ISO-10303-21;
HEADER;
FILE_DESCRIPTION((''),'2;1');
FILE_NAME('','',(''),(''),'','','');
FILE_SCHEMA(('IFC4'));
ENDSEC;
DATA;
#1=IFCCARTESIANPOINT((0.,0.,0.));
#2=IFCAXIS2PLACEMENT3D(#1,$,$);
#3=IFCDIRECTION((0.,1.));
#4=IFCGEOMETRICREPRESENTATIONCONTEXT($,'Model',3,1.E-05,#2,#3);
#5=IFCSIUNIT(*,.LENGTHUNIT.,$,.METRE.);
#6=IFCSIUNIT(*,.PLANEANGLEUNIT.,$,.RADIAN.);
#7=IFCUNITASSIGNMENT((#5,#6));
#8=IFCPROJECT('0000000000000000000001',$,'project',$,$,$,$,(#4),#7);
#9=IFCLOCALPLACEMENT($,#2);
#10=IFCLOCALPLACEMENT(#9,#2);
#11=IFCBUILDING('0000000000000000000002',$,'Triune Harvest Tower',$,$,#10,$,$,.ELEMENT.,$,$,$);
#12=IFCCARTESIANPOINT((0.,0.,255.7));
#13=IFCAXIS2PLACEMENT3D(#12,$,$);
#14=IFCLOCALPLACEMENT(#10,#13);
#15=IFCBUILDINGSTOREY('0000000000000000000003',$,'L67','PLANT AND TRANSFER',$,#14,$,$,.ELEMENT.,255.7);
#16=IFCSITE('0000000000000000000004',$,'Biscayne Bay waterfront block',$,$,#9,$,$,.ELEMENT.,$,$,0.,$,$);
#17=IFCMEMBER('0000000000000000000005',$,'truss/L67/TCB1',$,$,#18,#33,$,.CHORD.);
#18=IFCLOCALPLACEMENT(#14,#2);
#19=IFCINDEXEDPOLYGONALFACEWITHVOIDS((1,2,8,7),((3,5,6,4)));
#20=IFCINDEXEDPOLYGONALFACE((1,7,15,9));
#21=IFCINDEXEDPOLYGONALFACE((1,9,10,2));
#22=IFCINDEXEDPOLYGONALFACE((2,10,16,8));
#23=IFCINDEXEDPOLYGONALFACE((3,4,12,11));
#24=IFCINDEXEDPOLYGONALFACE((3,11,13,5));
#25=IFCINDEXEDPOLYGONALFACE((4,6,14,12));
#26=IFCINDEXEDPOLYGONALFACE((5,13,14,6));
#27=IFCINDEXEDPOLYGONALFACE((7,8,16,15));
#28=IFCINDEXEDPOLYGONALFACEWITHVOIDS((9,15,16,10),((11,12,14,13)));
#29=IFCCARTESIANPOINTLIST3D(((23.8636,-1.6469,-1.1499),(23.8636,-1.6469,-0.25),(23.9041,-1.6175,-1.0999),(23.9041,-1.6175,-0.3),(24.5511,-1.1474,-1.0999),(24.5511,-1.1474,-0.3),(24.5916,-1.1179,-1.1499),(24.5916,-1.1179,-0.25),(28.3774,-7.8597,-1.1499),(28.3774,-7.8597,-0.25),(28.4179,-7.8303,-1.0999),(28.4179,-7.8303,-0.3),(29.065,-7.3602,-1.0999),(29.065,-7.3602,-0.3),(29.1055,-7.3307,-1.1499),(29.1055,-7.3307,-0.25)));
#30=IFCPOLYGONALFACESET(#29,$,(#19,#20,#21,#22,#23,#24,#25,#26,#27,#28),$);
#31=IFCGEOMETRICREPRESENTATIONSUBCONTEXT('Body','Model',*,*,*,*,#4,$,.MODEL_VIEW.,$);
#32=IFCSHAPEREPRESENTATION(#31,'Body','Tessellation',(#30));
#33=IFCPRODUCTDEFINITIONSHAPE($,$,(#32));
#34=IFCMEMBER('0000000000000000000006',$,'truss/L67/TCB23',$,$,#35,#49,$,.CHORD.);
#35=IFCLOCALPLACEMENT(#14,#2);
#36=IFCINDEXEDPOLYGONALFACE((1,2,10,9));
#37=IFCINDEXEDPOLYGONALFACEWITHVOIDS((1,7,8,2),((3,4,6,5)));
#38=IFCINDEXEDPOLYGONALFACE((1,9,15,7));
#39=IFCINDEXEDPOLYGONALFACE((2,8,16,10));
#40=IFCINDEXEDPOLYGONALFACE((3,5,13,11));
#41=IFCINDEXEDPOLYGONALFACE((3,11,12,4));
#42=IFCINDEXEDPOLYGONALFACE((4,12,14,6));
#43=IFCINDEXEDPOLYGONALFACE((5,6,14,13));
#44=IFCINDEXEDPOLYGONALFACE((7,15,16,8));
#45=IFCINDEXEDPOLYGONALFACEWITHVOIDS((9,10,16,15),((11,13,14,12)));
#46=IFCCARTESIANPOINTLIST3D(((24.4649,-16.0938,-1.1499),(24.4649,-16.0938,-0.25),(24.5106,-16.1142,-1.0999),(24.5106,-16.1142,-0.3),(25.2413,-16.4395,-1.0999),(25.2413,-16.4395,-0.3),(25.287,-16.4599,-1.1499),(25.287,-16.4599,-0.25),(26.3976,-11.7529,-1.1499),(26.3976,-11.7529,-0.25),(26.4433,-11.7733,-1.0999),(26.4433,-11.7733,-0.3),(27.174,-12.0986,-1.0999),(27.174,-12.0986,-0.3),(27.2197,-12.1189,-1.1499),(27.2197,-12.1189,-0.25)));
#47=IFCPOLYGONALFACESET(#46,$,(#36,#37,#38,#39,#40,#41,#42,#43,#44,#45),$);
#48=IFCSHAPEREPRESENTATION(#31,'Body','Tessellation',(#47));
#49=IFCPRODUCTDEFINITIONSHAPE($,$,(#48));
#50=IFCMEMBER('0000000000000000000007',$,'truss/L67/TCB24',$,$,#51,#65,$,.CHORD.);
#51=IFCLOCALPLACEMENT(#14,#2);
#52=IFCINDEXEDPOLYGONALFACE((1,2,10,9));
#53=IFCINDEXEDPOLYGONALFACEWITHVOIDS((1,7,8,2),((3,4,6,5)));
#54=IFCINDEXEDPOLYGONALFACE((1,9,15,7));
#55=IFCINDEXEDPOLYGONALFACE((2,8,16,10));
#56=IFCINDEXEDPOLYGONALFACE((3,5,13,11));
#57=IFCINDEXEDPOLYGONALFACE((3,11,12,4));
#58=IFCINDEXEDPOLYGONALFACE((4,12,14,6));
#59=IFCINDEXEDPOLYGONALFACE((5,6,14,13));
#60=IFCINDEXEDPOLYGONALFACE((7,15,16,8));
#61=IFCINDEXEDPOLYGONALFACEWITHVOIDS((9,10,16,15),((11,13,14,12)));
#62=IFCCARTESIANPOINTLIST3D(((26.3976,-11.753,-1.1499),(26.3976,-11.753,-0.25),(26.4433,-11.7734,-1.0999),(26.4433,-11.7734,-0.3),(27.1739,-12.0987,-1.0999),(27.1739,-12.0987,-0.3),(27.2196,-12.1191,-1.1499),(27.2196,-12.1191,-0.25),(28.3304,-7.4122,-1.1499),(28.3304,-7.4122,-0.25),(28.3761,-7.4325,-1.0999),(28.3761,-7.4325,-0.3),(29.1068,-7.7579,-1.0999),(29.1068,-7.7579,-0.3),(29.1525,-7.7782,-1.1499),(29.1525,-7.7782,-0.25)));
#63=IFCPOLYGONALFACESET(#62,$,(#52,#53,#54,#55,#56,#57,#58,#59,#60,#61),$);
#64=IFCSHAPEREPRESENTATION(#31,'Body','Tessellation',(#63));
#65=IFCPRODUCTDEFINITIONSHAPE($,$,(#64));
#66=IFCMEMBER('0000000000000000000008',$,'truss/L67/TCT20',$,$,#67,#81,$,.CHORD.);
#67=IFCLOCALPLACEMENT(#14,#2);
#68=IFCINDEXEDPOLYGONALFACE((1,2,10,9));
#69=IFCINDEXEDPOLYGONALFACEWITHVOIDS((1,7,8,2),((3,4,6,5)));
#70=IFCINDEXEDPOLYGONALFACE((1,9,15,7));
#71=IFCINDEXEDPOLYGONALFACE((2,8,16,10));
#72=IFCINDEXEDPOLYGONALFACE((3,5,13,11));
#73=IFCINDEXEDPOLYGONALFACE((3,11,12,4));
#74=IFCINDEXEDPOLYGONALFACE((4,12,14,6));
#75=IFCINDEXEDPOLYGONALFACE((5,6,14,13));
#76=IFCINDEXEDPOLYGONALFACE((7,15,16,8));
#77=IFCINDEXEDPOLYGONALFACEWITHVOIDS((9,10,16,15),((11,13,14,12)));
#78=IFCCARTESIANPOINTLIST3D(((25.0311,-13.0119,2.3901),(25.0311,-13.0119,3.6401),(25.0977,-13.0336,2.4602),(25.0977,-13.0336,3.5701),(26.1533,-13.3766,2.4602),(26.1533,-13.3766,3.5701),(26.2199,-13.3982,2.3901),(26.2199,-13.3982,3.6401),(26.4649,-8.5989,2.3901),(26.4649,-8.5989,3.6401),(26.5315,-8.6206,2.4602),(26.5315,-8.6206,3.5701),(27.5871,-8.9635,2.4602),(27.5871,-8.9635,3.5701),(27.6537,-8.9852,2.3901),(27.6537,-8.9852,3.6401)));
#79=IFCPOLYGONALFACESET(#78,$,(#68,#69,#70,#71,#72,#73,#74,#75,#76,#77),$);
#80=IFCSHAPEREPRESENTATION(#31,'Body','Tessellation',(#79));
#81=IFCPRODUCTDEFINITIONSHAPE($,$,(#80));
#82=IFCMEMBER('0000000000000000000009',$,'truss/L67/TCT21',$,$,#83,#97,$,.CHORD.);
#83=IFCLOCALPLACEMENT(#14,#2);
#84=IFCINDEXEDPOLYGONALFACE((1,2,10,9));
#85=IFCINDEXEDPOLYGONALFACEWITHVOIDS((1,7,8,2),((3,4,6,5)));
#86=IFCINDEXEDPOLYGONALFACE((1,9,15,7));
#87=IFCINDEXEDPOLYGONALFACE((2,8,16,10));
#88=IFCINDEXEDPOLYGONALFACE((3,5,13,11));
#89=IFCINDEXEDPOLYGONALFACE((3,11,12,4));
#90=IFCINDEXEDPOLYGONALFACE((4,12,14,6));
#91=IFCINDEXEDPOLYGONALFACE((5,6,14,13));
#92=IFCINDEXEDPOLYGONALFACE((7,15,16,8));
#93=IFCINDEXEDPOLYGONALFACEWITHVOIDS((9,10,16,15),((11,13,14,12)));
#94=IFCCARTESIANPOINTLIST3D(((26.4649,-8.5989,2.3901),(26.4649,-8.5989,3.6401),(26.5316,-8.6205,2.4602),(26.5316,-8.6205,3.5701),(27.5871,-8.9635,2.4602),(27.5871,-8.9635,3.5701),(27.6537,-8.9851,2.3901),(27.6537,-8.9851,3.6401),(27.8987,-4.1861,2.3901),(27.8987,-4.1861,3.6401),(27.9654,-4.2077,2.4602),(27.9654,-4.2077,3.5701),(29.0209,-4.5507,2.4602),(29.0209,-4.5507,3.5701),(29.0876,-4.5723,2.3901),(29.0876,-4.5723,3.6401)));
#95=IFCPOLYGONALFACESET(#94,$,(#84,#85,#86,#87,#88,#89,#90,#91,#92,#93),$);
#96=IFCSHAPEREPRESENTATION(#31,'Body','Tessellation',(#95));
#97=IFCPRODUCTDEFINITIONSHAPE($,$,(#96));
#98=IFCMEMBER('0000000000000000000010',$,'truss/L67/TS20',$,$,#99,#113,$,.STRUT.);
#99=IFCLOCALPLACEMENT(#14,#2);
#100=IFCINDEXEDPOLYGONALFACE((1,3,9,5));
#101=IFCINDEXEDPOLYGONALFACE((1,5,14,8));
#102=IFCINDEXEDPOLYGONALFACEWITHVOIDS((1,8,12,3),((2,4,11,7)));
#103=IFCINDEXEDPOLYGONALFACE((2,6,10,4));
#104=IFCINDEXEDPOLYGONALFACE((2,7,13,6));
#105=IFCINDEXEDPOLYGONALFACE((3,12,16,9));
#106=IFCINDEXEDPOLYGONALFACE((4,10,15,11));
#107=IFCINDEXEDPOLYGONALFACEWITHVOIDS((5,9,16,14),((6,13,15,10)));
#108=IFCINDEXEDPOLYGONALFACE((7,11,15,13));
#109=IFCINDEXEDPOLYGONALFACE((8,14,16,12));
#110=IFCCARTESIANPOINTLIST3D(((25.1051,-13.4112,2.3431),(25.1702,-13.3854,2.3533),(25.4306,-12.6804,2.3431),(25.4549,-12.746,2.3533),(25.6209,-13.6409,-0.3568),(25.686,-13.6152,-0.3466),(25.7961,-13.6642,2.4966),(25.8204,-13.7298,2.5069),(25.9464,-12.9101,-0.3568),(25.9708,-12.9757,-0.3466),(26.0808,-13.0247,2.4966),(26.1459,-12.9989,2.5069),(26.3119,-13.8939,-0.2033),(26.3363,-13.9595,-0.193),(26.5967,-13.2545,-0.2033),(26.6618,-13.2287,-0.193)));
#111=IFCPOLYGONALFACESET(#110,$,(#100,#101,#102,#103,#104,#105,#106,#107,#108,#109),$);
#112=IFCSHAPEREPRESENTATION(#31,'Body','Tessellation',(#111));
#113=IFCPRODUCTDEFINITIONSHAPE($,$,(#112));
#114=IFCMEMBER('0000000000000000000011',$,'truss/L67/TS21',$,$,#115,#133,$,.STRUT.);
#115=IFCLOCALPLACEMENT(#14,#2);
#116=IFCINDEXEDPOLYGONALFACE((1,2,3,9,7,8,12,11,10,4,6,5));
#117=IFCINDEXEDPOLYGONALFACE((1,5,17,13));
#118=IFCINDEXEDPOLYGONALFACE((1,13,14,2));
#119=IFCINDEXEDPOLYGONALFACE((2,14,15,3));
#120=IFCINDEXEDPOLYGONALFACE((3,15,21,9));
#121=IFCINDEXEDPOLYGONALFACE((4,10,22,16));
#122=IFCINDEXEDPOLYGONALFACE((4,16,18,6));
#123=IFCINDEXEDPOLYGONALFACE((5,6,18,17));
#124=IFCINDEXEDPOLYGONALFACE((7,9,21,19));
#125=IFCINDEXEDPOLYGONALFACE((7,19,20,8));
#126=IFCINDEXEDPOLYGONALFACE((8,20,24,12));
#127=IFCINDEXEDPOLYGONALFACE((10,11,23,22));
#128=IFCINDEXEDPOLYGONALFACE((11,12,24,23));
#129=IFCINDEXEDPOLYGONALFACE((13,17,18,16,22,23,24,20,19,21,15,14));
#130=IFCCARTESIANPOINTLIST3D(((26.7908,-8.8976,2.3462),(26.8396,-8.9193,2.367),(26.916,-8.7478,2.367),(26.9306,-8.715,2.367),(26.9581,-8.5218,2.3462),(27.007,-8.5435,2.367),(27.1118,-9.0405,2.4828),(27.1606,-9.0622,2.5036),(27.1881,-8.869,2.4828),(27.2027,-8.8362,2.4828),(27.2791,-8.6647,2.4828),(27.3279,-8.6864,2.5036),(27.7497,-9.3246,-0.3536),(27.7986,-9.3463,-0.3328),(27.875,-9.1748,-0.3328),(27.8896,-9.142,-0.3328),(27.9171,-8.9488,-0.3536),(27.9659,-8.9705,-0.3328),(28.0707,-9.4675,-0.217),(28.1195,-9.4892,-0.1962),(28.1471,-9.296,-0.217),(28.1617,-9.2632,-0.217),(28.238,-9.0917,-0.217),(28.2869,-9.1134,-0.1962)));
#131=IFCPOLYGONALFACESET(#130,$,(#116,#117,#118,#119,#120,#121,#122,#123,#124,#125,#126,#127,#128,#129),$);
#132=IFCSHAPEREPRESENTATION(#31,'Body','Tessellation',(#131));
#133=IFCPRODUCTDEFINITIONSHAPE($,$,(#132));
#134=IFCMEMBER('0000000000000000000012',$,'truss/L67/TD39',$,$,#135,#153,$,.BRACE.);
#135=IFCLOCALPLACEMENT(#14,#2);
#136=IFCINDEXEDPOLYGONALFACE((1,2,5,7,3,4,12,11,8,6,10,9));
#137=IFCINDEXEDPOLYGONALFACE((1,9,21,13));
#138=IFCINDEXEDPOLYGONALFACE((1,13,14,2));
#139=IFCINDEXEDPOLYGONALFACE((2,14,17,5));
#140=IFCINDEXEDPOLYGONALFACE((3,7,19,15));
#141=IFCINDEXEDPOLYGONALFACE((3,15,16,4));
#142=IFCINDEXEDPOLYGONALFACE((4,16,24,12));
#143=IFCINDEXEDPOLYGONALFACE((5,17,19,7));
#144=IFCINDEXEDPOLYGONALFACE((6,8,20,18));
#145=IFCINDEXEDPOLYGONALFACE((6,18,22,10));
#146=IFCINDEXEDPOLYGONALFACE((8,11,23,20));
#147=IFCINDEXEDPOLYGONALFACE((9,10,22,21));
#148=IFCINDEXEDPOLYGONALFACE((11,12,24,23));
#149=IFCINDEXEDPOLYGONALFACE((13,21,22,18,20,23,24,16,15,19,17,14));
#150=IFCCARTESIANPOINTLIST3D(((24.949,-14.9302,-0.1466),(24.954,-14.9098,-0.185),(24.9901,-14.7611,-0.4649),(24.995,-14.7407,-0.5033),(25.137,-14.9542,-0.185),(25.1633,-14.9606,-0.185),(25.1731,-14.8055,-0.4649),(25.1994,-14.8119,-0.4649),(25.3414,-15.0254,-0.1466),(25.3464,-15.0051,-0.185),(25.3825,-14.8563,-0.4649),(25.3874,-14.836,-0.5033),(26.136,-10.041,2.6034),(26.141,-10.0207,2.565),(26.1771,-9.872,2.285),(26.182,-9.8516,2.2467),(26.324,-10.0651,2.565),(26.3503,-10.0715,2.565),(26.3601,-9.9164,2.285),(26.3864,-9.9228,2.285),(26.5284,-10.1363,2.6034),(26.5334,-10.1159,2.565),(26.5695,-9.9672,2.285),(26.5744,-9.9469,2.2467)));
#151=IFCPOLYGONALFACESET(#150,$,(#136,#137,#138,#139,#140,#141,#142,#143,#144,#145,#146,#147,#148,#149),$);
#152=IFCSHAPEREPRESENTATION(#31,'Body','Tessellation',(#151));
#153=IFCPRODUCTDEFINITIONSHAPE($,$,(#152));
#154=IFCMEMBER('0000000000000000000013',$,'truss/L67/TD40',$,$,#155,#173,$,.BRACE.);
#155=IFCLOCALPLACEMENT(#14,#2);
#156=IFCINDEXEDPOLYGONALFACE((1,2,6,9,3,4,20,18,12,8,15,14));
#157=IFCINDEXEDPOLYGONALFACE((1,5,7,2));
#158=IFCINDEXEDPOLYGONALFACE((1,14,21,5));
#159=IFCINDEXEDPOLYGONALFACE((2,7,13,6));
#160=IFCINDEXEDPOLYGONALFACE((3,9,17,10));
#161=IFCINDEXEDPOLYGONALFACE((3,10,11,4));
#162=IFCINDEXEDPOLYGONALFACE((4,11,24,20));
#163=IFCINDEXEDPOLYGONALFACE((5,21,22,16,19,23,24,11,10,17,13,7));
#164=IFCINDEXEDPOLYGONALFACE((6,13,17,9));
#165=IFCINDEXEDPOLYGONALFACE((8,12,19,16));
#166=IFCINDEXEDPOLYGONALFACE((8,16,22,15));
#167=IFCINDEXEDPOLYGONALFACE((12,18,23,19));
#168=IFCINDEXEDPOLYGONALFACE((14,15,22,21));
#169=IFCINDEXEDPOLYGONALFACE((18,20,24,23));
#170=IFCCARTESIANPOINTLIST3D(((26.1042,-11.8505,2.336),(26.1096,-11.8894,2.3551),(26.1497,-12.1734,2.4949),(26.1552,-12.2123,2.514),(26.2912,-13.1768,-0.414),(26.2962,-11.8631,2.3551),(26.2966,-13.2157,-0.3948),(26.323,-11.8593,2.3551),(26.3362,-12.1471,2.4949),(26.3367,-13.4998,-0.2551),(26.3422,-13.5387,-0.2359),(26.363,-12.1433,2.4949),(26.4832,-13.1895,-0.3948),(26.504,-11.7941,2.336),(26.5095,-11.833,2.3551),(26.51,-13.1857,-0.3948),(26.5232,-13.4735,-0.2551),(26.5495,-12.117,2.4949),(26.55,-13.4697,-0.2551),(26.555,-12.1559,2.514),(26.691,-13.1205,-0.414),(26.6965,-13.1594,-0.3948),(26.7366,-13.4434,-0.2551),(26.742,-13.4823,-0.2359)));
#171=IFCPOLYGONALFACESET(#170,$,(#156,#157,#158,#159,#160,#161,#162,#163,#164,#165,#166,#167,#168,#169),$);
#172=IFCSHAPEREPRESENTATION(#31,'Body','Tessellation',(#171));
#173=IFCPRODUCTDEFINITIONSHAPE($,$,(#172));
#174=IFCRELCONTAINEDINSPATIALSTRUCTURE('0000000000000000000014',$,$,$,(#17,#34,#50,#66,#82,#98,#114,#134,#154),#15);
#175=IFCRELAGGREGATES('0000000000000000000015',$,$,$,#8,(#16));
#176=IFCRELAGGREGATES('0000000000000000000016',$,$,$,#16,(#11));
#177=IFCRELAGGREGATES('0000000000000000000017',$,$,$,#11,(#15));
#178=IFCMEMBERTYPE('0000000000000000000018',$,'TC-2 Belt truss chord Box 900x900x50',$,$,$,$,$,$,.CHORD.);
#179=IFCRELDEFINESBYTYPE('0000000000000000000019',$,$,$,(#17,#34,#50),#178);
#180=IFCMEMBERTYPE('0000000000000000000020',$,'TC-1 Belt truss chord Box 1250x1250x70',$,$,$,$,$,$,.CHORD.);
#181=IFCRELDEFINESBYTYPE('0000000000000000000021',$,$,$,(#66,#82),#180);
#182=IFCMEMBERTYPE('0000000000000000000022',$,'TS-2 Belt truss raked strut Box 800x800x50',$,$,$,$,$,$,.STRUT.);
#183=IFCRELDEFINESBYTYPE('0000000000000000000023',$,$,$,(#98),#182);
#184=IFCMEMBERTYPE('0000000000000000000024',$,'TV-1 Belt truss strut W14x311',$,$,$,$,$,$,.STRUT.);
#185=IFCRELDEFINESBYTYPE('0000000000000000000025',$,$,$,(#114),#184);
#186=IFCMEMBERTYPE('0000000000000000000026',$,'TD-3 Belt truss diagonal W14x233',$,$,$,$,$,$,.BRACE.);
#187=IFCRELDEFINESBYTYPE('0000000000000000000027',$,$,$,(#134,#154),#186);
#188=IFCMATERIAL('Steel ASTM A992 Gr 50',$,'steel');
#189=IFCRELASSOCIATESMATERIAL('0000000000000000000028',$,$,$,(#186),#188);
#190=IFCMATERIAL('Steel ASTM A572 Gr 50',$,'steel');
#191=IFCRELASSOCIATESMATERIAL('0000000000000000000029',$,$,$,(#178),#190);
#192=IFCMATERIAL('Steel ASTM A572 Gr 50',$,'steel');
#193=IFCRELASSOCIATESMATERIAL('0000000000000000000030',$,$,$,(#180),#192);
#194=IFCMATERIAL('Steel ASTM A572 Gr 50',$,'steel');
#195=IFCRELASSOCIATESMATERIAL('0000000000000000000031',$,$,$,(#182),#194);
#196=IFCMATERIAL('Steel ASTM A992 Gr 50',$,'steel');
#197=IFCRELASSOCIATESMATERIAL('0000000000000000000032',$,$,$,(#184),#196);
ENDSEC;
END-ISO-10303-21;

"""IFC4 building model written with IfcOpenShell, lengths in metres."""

from ifc_helpers import new_model, si_unit, direction, frame, origin, origin_2d, place, context, subcontext, project, spatial, hollow_rectangle, i_section, extrude, source, transform, mapped, material, material_profile, profile_set, type_object, element, save


model = new_model("IFC4")

# Units and contexts
model_context = context("Model", 3, precision=1e-05, world=origin(), true_north=direction((0.0, 1.0)))
body_context = subcontext(model_context, "Body", "Model", "MODEL_VIEW")
ifc_project = project(units=[si_unit("LENGTHUNIT", "METRE"), si_unit("PLANEANGLEUNIT", "RADIAN")], contexts=[model_context])

# Site, building, storey
site_placement = place(None, origin())
site = spatial("IfcSite", under=ifc_project, at=site_placement, Name="Biscayne Bay waterfront block", CompositionType="ELEMENT", RefElevation=0.0)
building_placement = place(site_placement, origin())
building = spatial("IfcBuilding", under=site, at=building_placement, Name="Triune Harvest Tower", CompositionType="ELEMENT")
storey_placement = place(building_placement, frame((0.0, 0.0, 255.7)))
storey = spatial("IfcBuildingStorey", under=building, at=storey_placement, Name="L67", Description="PLANT AND TRANSFER", CompositionType="ELEMENT", Elevation=255.7)

# Shared definitions
ifc_material_1 = material(Name="Steel ASTM A992 Gr 50", Category="steel")
ifc_material_profile_1 = material_profile(ifc_material_1, i_section(OverallWidth=0.4038, OverallDepth=0.4065, WebThickness=0.0271, FlangeThickness=0.0437, at=origin_2d()), Name="W14x233")
ifc_profile_set_1 = profile_set([ifc_material_profile_1], Name="Steel ASTM A992 Gr 50")
member_type_1 = type_object("IfcMemberType", Name="TD-3 Belt truss diagonal W14x233", PredefinedType="BRACE", material=ifc_profile_set_1)

# Members
ifc_material_2 = material(Name="Steel ASTM A572 Gr 50", Category="steel")
ifc_material_profile_2 = material_profile(ifc_material_2, hollow_rectangle(XDim=0.8999, YDim=0.8999, WallThickness=0.05, at=origin_2d()), Name="Box 900x900x50")
ifc_profile_set_2 = profile_set([ifc_material_profile_2], Name="Steel ASTM A572 Gr 50")
member_type_2 = type_object("IfcMemberType", Name="TC-2 Belt truss chord Box 900x900x50", PredefinedType="CHORD", material=ifc_profile_set_2)
shared_shape_1 = source(origin(), body_context, "Body", "SweptSolid", [
    extrude(hollow_rectangle(XDim=0.8999, YDim=0.8999, WallThickness=0.05, at=origin_2d()), origin(), (0.0, 0.0, 1.0), 7.6794),
])
member_1_placement = place(storey_placement, frame((28.7415, -7.5952, -0.7), z_axis=(-0.587784, 0.809018, 0.0), x_axis=(-0.809018, -0.587784, 0.0)))
element("IfcMember", 1, at=member_1_placement, inside=storey, type_object=member_type_2, Name="truss/L67/TCB1", PredefinedType="CHORD", context=body_context, shape_type="MappedRepresentation", body=[
    mapped(shared_shape_1, transform((0.0, 0.0, 0.0), scale=1.0)),
])
shared_shape_2 = source(origin(), body_context, "Body", "SweptSolid", [
    extrude(hollow_rectangle(XDim=0.8999, YDim=0.8999, WallThickness=0.05, at=origin_2d()), origin(), (0.0, 0.0, 1.0), 4.7517),
])
for number, where, z_axis, x_axis, name in (
    (2, (24.876, -16.2769, -0.7), (0.40673, 0.913549, 0.0), (-0.913549, 0.40673, 0.0), "truss/L67/TCB23"),
    (3, (26.8086, -11.936, -0.7), (0.406772, 0.91353, 0.0), (-0.91353, 0.406772, 0.0), "truss/L67/TCB24"),
):
    element("IfcMember", number, at=place(storey_placement, frame(where, z_axis=z_axis, x_axis=x_axis)), inside=storey, type_object=member_type_2, Name=name, PredefinedType="CHORD", context=body_context, shape_type="MappedRepresentation", body=[
        mapped(shared_shape_2, transform((0.0, 0.0, 0.0), scale=1.0)),
    ])
ifc_material_3 = material(Name="Steel ASTM A572 Gr 50", Category="steel")
ifc_material_profile_3 = material_profile(ifc_material_3, hollow_rectangle(XDim=1.25, YDim=1.25, WallThickness=0.0701, at=origin_2d()), Name="Box 1250x1250x70")
ifc_profile_set_3 = profile_set([ifc_material_profile_3], Name="Steel ASTM A572 Gr 50")
member_type_3 = type_object("IfcMemberType", Name="TC-1 Belt truss chord Box 1250x1250x70", PredefinedType="CHORD", material=ifc_profile_set_3)
shared_shape_3 = source(origin(), body_context, "Body", "SweptSolid", [
    extrude(hollow_rectangle(XDim=1.25, YDim=1.25, WallThickness=0.0701, at=origin_2d()), origin(), (0.0, 0.0, 1.0), 4.6401),
])
member_2_placement = place(storey_placement, frame((25.6255, -13.2051, 3.0151), z_axis=(0.309005, 0.95106, 0.0), x_axis=(-0.95106, 0.309005, 0.0)))
element("IfcMember", 4, at=member_2_placement, inside=storey, type_object=member_type_3, Name="truss/L67/TCT20", PredefinedType="CHORD", context=body_context, shape_type="MappedRepresentation", body=[
    mapped(shared_shape_3, transform((0.0, 0.0, 0.0), scale=1.0)),
])
shared_shape_4 = source(origin(), body_context, "Body", "SweptSolid", [
    extrude(hollow_rectangle(XDim=1.25, YDim=1.25, WallThickness=0.0701, at=origin_2d()), origin(), (0.0, 0.0, 1.0), 4.6399),
])
member_3_placement = place(storey_placement, frame((27.0593, -8.792, 3.0151), z_axis=(0.309021, 0.951055, 0.0), x_axis=(-0.951055, 0.309021, 0.0)))
element("IfcMember", 5, at=member_3_placement, inside=storey, type_object=member_type_3, Name="truss/L67/TCT21", PredefinedType="CHORD", context=body_context, shape_type="MappedRepresentation", body=[
    mapped(shared_shape_4, transform((0.0, 0.0, 0.0), scale=1.0)),
])
ifc_material_4 = material(Name="Steel ASTM A572 Gr 50", Category="steel")
ifc_material_profile_4 = material_profile(ifc_material_4, hollow_rectangle(XDim=0.8, YDim=0.8, WallThickness=0.05, at=origin_2d()), Name="Box 800x800x50")
ifc_profile_set_4 = profile_set([ifc_material_profile_4], Name="Steel ASTM A572 Gr 50")
member_type_4 = type_object("IfcMemberType", Name="TS-2 Belt truss raked strut Box 800x800x50", PredefinedType="STRUT", material=ifc_profile_set_4)
shared_shape_5 = source(origin(), body_context, "Body", "SweptSolid", [
    extrude(hollow_rectangle(XDim=0.8, YDim=0.8, WallThickness=0.05, at=origin_2d()), origin(), (0.0, 0.0, 1.0), 2.7583),
])
member_4_placement = place(storey_placement, frame((26.1414, -13.4348, -0.2749), z_axis=(-0.187019, 0.083287, 0.978819), x_axis=(-0.40682, -0.913508, 0.0)))
element("IfcMember", 6, at=member_4_placement, inside=storey, type_object=member_type_4, Name="truss/L67/TS20", PredefinedType="STRUT", context=body_context, shape_type="MappedRepresentation", body=[
    mapped(shared_shape_5, transform((0.0, 0.0, 0.0), scale=1.0)),
])
ifc_material_5 = material(Name="Steel ASTM A992 Gr 50", Category="steel")
ifc_material_profile_5 = material_profile(ifc_material_5, i_section(OverallWidth=0.4114, OverallDepth=0.4343, WebThickness=0.0359, FlangeThickness=0.0574, at=origin_2d()), Name="W14x311")
ifc_profile_set_5 = profile_set([ifc_material_profile_5], Name="Steel ASTM A992 Gr 50")
member_type_5 = type_object("IfcMemberType", Name="TV-1 Belt truss strut W14x311", PredefinedType="STRUT", material=ifc_profile_set_5)
shared_shape_6 = source(origin(), body_context, "Body", "SweptSolid", [
    extrude(i_section(OverallWidth=0.4114, OverallDepth=0.4343, WebThickness=0.0359, FlangeThickness=0.0574, at=origin_2d()), origin(), (0.0, 0.0, 1.0), 2.8967),
])
member_5_placement = place(storey_placement, frame((28.0183, -9.219, -0.2749), z_axis=(-0.331044, 0.147402, 0.932031), x_axis=(-0.406764, -0.913533, 0.0)))
element("IfcMember", 7, at=member_5_placement, inside=storey, type_object=member_type_5, Name="truss/L67/TS21", PredefinedType="STRUT", context=body_context, shape_type="MappedRepresentation", body=[
    mapped(shared_shape_6, transform((0.0, 0.0, 0.0), scale=1.0)),
])
shared_shape_7 = source(origin(), body_context, "Body", "SweptSolid", [
    extrude(i_section(OverallWidth=0.4038, OverallDepth=0.4065, WebThickness=0.0271, FlangeThickness=0.0437, at=origin_2d()), origin(), (0.0, 0.0, 1.0), 5.7336),
])
member_6_placement = place(storey_placement, frame((25.1682, -14.8831, -0.325), z_axis=(0.207023, 0.852705, 0.47962), x_axis=(-0.97177, 0.235931, 0.0)))
element("IfcMember", 8, at=member_6_placement, inside=storey, type_object=member_type_1, Name="truss/L67/TD39", PredefinedType="BRACE", context=body_context, shape_type="MappedRepresentation", body=[
    mapped(shared_shape_7, transform((0.0, 0.0, 0.0), scale=1.0)),
])
shared_shape_8 = source(origin(), body_context, "Body", "SweptSolid", [
    extrude(i_section(OverallWidth=0.4038, OverallDepth=0.4065, WebThickness=0.0271, FlangeThickness=0.0437, at=origin_2d()), origin(), (0.0, 0.0, 1.0), 3.0588),
])
member_7_placement = place(storey_placement, frame((26.5166, -13.3296, -0.325), z_axis=(-0.061137, 0.433626, 0.899017), x_axis=(-0.990207, -0.139609, 0.0)))
element("IfcMember", 9, at=member_7_placement, inside=storey, type_object=member_type_1, Name="truss/L67/TD40", PredefinedType="BRACE", context=body_context, shape_type="MappedRepresentation", body=[
    mapped(shared_shape_8, transform((0.0, 0.0, 0.0), scale=1.0)),
])

save(model, "model.ifc")
